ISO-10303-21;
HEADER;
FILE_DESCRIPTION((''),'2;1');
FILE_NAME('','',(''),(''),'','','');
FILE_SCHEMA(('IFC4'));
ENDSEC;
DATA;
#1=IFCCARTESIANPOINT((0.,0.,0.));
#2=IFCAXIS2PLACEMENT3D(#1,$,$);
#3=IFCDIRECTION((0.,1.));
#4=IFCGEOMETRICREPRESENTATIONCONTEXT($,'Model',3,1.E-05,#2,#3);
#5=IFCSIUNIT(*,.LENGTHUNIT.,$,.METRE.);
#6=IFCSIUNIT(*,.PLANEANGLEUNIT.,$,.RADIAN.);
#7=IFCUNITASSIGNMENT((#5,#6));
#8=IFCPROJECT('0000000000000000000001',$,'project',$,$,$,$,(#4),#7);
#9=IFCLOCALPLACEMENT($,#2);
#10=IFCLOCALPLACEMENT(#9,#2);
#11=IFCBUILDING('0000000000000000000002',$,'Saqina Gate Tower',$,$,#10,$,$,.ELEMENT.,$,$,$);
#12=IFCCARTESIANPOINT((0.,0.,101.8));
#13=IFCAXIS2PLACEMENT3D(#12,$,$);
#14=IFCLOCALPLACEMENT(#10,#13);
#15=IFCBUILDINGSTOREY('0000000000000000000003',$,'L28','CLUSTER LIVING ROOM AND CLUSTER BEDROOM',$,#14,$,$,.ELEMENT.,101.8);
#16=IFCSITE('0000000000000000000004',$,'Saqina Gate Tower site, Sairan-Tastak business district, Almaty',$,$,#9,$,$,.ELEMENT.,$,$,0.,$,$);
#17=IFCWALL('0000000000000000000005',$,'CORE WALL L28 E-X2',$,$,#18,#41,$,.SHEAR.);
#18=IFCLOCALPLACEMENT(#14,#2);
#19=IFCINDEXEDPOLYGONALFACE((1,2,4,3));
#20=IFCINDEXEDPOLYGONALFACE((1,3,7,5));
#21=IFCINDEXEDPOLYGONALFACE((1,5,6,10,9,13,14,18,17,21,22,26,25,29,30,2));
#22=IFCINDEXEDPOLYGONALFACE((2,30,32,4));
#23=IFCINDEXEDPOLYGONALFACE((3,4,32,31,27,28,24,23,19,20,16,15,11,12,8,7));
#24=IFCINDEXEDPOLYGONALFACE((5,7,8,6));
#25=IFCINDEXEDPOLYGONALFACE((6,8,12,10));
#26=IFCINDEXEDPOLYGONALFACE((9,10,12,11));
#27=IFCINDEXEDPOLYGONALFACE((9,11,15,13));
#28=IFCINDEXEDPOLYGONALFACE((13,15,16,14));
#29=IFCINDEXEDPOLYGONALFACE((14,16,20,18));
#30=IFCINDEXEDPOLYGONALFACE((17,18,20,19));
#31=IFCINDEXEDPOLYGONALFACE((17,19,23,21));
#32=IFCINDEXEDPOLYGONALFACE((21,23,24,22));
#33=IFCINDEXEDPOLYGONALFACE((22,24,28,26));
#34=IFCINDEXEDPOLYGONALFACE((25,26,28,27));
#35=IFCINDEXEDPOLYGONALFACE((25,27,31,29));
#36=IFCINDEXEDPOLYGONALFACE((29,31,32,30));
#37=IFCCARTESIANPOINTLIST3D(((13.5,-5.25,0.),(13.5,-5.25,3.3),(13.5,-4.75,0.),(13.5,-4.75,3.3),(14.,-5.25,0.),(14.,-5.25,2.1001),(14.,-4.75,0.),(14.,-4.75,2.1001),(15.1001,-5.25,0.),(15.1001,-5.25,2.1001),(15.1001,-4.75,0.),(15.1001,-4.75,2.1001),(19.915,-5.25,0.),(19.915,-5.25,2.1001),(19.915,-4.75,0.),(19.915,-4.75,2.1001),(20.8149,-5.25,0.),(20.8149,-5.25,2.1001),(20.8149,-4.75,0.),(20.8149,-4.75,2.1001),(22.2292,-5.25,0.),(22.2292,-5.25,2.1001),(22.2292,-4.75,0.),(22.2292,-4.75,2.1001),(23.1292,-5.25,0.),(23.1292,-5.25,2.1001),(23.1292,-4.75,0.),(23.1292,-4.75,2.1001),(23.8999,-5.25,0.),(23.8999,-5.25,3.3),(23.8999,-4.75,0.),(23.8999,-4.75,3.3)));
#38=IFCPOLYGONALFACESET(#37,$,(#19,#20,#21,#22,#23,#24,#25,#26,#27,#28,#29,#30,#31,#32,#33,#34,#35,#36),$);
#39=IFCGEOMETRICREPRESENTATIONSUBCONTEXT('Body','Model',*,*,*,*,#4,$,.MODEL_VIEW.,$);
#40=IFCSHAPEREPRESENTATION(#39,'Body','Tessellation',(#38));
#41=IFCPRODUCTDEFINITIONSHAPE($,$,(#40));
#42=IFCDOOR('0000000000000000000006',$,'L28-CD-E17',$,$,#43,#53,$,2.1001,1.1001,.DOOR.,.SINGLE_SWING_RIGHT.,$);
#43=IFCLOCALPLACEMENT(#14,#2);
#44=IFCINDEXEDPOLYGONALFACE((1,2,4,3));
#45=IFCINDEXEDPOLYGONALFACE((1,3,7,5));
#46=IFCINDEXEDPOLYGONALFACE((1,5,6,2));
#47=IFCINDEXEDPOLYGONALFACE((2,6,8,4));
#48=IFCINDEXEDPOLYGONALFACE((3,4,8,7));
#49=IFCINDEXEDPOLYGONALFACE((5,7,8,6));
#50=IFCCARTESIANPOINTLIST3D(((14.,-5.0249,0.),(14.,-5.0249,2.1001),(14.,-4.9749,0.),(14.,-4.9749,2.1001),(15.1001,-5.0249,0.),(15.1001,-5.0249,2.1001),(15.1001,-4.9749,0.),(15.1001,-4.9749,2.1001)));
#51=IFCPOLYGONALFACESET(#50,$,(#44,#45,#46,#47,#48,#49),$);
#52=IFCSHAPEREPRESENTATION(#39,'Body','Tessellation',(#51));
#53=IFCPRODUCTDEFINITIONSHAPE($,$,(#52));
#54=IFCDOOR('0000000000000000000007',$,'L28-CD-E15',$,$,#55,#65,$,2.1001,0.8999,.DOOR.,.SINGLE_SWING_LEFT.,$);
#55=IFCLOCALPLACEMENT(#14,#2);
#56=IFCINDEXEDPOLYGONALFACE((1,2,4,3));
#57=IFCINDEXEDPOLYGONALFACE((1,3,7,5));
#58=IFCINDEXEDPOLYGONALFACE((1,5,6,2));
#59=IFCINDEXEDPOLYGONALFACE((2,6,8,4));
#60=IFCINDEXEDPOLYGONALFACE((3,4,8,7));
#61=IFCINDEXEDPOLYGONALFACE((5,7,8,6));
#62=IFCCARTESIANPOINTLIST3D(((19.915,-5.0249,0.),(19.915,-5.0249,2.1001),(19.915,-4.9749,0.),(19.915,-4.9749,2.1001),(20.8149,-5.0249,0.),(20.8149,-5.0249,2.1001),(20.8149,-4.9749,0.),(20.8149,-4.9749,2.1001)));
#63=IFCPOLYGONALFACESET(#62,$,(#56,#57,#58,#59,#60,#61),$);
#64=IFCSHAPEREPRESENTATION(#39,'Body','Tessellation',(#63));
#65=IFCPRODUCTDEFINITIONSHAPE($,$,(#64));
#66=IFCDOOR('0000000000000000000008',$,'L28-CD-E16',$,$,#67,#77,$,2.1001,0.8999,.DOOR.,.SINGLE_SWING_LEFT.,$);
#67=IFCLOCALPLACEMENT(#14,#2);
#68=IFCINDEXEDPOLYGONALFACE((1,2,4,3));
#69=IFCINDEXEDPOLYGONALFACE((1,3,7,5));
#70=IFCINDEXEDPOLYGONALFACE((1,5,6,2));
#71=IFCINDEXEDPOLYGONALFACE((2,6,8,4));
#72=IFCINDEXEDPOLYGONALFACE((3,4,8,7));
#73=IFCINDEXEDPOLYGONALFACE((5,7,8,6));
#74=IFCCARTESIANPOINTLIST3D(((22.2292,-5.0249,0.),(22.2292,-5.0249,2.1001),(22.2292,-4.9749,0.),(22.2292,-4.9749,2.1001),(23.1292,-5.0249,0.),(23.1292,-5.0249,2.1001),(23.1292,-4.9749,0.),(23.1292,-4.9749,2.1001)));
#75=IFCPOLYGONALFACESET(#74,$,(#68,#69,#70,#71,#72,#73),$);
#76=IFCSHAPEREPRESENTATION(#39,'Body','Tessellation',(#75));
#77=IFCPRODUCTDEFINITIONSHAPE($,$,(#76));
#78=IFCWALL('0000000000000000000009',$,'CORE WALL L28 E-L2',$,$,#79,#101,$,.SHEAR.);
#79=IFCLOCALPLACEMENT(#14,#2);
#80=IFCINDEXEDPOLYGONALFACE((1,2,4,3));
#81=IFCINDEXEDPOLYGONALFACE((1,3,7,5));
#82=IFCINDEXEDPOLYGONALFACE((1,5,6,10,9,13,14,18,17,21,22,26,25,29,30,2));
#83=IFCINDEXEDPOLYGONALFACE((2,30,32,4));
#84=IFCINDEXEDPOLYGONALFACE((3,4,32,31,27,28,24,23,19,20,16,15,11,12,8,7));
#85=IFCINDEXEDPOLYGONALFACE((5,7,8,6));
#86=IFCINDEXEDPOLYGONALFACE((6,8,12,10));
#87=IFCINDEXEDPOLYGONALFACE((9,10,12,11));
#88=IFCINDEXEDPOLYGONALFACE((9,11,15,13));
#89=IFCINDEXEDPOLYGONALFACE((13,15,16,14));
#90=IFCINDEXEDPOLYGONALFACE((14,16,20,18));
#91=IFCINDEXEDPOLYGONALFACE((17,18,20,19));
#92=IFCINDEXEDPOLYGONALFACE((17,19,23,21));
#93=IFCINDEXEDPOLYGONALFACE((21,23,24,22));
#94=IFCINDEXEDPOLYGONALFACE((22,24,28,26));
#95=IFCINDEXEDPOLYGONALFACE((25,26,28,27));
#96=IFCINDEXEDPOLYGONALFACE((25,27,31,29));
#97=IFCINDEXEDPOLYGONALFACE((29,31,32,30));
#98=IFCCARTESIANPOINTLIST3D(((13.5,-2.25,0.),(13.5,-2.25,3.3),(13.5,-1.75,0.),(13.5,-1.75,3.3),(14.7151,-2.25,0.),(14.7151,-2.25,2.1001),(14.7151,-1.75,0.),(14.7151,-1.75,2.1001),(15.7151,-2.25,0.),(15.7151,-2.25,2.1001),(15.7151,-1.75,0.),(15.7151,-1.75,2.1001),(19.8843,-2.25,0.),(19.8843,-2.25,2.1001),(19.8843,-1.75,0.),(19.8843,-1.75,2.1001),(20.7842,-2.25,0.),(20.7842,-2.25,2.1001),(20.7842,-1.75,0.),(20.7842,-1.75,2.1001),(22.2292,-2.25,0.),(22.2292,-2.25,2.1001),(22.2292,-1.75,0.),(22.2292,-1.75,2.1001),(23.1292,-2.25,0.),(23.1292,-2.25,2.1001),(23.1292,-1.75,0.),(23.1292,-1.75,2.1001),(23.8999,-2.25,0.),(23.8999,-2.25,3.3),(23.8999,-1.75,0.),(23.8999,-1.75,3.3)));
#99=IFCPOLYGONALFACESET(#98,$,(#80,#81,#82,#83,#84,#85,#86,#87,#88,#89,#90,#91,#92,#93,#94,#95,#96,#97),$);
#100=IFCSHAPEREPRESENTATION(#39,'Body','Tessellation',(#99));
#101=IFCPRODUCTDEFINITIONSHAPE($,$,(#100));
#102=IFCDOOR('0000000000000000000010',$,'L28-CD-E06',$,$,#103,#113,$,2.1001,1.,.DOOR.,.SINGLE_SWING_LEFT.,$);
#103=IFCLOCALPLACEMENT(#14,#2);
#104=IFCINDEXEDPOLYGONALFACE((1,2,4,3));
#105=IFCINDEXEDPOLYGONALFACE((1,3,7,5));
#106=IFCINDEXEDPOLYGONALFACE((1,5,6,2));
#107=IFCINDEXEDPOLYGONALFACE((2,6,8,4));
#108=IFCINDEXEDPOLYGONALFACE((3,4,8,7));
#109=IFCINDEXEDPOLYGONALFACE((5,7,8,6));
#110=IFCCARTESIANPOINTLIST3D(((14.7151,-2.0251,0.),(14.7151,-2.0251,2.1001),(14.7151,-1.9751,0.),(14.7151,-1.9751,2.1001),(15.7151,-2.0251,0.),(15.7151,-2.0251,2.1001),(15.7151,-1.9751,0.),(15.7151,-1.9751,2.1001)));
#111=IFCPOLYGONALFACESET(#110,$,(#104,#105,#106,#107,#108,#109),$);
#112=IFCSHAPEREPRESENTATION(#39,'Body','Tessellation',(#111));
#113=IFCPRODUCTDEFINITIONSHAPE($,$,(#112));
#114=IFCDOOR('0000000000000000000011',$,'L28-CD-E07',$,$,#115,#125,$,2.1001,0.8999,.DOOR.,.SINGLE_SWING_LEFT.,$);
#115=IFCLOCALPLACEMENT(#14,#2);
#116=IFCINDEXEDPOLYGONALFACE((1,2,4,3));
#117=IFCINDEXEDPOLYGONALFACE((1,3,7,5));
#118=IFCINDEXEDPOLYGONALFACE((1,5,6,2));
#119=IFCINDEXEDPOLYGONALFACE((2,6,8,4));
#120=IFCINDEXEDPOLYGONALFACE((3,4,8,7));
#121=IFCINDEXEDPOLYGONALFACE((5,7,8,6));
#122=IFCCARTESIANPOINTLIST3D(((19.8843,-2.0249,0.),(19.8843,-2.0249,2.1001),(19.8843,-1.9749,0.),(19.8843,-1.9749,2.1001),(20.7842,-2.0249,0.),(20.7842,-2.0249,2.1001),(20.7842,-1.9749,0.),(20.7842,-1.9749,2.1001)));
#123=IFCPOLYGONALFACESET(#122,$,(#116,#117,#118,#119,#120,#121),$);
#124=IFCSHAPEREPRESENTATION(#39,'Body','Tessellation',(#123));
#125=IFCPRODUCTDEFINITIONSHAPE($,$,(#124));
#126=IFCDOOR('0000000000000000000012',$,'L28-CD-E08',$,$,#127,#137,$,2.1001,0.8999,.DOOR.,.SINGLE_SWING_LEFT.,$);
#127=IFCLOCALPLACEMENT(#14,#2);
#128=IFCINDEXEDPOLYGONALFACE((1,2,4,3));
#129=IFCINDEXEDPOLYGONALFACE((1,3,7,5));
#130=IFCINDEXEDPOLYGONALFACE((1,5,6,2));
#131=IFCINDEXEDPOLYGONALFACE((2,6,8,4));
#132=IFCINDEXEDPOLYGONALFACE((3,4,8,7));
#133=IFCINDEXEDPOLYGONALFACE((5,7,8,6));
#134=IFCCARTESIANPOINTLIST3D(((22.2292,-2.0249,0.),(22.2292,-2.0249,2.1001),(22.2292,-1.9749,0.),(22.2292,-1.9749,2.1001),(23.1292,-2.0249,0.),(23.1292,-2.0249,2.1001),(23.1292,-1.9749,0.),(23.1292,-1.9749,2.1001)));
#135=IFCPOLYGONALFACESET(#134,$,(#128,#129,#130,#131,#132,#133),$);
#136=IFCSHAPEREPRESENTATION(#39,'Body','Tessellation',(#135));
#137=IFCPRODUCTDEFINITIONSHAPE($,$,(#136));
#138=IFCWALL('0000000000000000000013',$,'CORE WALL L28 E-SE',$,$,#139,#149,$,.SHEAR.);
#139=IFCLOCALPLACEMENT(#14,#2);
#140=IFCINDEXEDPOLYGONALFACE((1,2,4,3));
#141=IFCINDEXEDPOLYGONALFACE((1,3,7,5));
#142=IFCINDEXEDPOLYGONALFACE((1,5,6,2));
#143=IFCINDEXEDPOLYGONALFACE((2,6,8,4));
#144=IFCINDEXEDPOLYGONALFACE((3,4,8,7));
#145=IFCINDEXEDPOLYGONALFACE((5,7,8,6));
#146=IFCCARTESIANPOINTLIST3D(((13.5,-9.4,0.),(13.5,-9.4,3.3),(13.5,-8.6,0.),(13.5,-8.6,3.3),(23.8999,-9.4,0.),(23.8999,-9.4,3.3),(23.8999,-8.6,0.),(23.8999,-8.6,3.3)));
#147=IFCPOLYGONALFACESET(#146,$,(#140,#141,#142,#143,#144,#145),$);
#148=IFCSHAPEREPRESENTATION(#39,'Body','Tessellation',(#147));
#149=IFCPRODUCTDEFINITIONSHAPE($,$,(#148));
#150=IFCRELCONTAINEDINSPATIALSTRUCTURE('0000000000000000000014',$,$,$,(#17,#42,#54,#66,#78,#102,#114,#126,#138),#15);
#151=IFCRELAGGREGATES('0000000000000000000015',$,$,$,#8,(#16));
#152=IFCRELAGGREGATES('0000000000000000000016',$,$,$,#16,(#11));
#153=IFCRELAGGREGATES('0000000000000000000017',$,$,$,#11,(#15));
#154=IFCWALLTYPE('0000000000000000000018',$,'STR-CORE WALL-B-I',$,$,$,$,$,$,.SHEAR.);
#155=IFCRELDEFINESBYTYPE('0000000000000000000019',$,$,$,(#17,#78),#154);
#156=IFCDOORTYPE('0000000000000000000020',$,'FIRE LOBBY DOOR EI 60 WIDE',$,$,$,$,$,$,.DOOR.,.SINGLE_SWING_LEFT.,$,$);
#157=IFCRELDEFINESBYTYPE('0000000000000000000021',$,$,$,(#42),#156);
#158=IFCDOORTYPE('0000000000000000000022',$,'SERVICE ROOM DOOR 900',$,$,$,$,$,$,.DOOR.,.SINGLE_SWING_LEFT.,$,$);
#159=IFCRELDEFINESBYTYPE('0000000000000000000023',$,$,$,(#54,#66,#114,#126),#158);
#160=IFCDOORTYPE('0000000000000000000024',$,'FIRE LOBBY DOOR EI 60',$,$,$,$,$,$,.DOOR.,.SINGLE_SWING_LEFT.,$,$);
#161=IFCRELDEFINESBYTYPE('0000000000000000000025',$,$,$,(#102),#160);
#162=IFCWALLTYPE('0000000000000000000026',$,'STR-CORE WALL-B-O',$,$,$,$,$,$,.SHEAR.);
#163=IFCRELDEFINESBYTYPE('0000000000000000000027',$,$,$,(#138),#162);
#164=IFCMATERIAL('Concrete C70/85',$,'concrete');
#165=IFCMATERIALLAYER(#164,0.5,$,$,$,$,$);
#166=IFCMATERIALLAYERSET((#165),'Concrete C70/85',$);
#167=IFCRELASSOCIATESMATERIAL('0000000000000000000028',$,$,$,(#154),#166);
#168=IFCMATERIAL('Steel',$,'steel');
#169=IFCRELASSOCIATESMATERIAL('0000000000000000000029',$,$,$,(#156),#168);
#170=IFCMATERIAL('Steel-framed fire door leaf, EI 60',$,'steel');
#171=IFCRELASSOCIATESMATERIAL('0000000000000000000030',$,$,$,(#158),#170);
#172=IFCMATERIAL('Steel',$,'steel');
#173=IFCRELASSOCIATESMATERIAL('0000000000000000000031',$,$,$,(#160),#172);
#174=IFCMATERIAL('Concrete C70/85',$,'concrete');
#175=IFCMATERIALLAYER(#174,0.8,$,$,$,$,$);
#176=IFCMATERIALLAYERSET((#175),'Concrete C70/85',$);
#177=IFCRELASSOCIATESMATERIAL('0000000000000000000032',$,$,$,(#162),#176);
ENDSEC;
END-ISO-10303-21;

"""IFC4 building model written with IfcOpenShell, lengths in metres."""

from ifc_helpers import new_model, si_unit, direction, frame, frame_2d, origin, place, context, subcontext, project, spatial, rectangle, extrude, material, layer, layer_set, type_object, element, fill, save


model = new_model("IFC4")

# Units and contexts
model_context = context("Model", 3, precision=1e-05, world=origin(), true_north=direction((0.0, 1.0)))
body_context = subcontext(model_context, "Body", "Model", "MODEL_VIEW")
ifc_project = project(units=[si_unit("LENGTHUNIT", "METRE"), si_unit("PLANEANGLEUNIT", "RADIAN")], contexts=[model_context])

# Site, building, storey
site_placement = place(None, origin())
site = spatial("IfcSite", under=ifc_project, at=site_placement, Name="Saqina Gate Tower site, Sairan-Tastak business district, Almaty", CompositionType="ELEMENT", RefElevation=0.0)
building_placement = place(site_placement, origin())
building = spatial("IfcBuilding", under=site, at=building_placement, Name="Saqina Gate Tower", CompositionType="ELEMENT")
storey_placement = place(building_placement, frame((0.0, 0.0, 101.8)))
storey = spatial("IfcBuildingStorey", under=building, at=storey_placement, Name="L28", Description="CLUSTER LIVING ROOM AND CLUSTER BEDROOM", CompositionType="ELEMENT", Elevation=101.8)

# Walls, openings, doors
ifc_material_1 = material(Name="Concrete C70/85", Category="concrete")
ifc_layer_1 = layer(ifc_material_1, 0.5)
ifc_layer_set_1 = layer_set([ifc_layer_1], Name="Concrete C70/85")
wall_type_1 = type_object("IfcWallType", Name="STR-CORE WALL-B-I", PredefinedType="SHEAR", material=ifc_layer_set_1)
wall_1_placement = place(storey_placement, frame((13.5, -5.0, 0.0), z_axis=(0.0, 0.0, 1.0), x_axis=(1.0, 0.0, 0.0)))
wall_1 = element("IfcWall", 1, at=wall_1_placement, inside=storey, type_object=wall_type_1, Name="CORE WALL L28 E-X2", PredefinedType="SHEAR", context=body_context, shape_type="SweptSolid", body=[
    extrude(rectangle(XDim=10.3999, YDim=0.5, at=frame_2d((5.2, 0.0))), origin(), (0.0, 0.0, 1.0), 3.3),
])
opening_1_placement = place(wall_1_placement, frame((6.415, 0.0, 0.0)))
opening_1 = element("IfcOpeningElement", 2, at=opening_1_placement, cuts=wall_1, PredefinedType="OPENING", context=body_context, shape_type="SweptSolid", body=[
    extrude(rectangle(XDim=0.8999, YDim=2.1001, at=frame_2d((0.45, 1.05))), frame((0.0, 0.262, 0.0), z_axis=(0.0, -1.0, 0.0), x_axis=(1.0, 0.0, 0.0)), (0.0, 0.0, 1.0), 0.5239),
])
opening_2_placement = place(wall_1_placement, frame((8.7292, 0.0, 0.0)))
opening_2 = element("IfcOpeningElement", 3, at=opening_2_placement, cuts=wall_1, PredefinedType="OPENING", context=body_context, shape_type="SweptSolid", body=[
    extrude(rectangle(XDim=0.8999, YDim=2.1001, at=frame_2d((0.45, 1.05))), frame((0.0, 0.262, 0.0), z_axis=(0.0, -1.0, 0.0), x_axis=(1.0, 0.0, 0.0)), (0.0, 0.0, 1.0), 0.5239),
])
opening_3_placement = place(wall_1_placement, frame((0.5, 0.0, 0.0)))
opening_3 = element("IfcOpeningElement", 4, at=opening_3_placement, cuts=wall_1, PredefinedType="OPENING", context=body_context, shape_type="SweptSolid", body=[
    extrude(rectangle(XDim=1.1001, YDim=2.1001, at=frame_2d((0.55, 1.05))), frame((0.0, 0.262, 0.0), z_axis=(0.0, -1.0, 0.0), x_axis=(1.0, 0.0, 0.0)), (0.0, 0.0, 1.0), 0.5239),
])
ifc_material_2 = material(Name="Steel", Category="steel")
door_type_1 = type_object("IfcDoorType", Name="FIRE LOBBY DOOR EI 60 WIDE", OperationType="SINGLE_SWING_LEFT", PredefinedType="DOOR", material=ifc_material_2)
door_1_placement = place(opening_3_placement, frame((1.1001, 0.0, 0.0), z_axis=(0.0, 0.0, 1.0), x_axis=(-1.0, 0.0, 0.0)))
door_1 = element("IfcDoor", 5, at=door_1_placement, inside=storey, type_object=door_type_1, Name="L28-CD-E17", OperationType="SINGLE_SWING_RIGHT", OverallHeight=2.1001, OverallWidth=1.1001, PredefinedType="DOOR", context=body_context, shape_type="SweptSolid", body=[
    extrude(rectangle(XDim=1.1001, YDim=2.1001, at=frame_2d((0.55, 1.05))), frame((0.0, 0.0249, 0.0), z_axis=(0.0, -1.0, 0.0), x_axis=(1.0, 0.0, 0.0)), (0.0, 0.0, 1.0), 0.05),
])
fill(opening_3, door_1)
ifc_material_3 = material(Name="Steel-framed fire door leaf, EI 60", Category="steel")
door_type_2 = type_object("IfcDoorType", Name="SERVICE ROOM DOOR 900", OperationType="SINGLE_SWING_LEFT", PredefinedType="DOOR", material=ifc_material_3)
door_2_placement = place(opening_1_placement, frame((0.8999, 0.0, 0.0), z_axis=(0.0, 0.0, 1.0), x_axis=(-1.0, 0.0, 0.0)))
door_2 = element("IfcDoor", 6, at=door_2_placement, inside=storey, type_object=door_type_2, Name="L28-CD-E15", OperationType="SINGLE_SWING_LEFT", OverallHeight=2.1001, OverallWidth=0.8999, PredefinedType="DOOR", context=body_context, shape_type="SweptSolid", body=[
    extrude(rectangle(XDim=0.8999, YDim=2.1001, at=frame_2d((0.45, 1.05))), frame((0.0, 0.0249, 0.0), z_axis=(0.0, -1.0, 0.0), x_axis=(1.0, 0.0, 0.0)), (0.0, 0.0, 1.0), 0.05),
])
fill(opening_1, door_2)
door_3_placement = place(opening_2_placement, frame((0.8999, 0.0, 0.0), z_axis=(0.0, 0.0, 1.0), x_axis=(-1.0, 0.0, 0.0)))
door_3 = element("IfcDoor", 7, at=door_3_placement, inside=storey, type_object=door_type_2, Name="L28-CD-E16", OperationType="SINGLE_SWING_LEFT", OverallHeight=2.1001, OverallWidth=0.8999, PredefinedType="DOOR", context=body_context, shape_type="SweptSolid", body=[
    extrude(rectangle(XDim=0.8999, YDim=2.1001, at=frame_2d((0.45, 1.05))), frame((0.0, 0.0249, 0.0), z_axis=(0.0, -1.0, 0.0), x_axis=(1.0, 0.0, 0.0)), (0.0, 0.0, 1.0), 0.05),
])
fill(opening_2, door_3)
wall_2_placement = place(storey_placement, frame((13.5, -2.0, 0.0), z_axis=(0.0, 0.0, 1.0), x_axis=(1.0, 0.0, 0.0)))
wall_2 = element("IfcWall", 8, at=wall_2_placement, inside=storey, type_object=wall_type_1, Name="CORE WALL L28 E-L2", PredefinedType="SHEAR", context=body_context, shape_type="SweptSolid", body=[
    extrude(rectangle(XDim=10.3999, YDim=0.5, at=frame_2d((5.2, 0.0))), origin(), (0.0, 0.0, 1.0), 3.3),
])
opening_4_placement = place(wall_2_placement, frame((1.2151, 0.0, 0.0)))
opening_4 = element("IfcOpeningElement", 9, at=opening_4_placement, cuts=wall_2, PredefinedType="OPENING", context=body_context, shape_type="SweptSolid", body=[
    extrude(rectangle(XDim=1.0, YDim=2.1001, at=frame_2d((0.5, 1.05))), frame((0.0, 0.262, 0.0), z_axis=(0.0, -1.0, 0.0), x_axis=(1.0, 0.0, 0.0)), (0.0, 0.0, 1.0), 0.5239),
])
opening_5_placement = place(wall_2_placement, frame((6.3843, 0.0, 0.0)))
opening_5 = element("IfcOpeningElement", 10, at=opening_5_placement, cuts=wall_2, PredefinedType="OPENING", context=body_context, shape_type="SweptSolid", body=[
    extrude(rectangle(XDim=0.8999, YDim=2.1001, at=frame_2d((0.45, 1.05))), frame((0.0, 0.262, 0.0), z_axis=(0.0, -1.0, 0.0), x_axis=(1.0, 0.0, 0.0)), (0.0, 0.0, 1.0), 0.5239),
])
opening_6_placement = place(wall_2_placement, frame((8.7292, 0.0, 0.0)))
opening_6 = element("IfcOpeningElement", 11, at=opening_6_placement, cuts=wall_2, PredefinedType="OPENING", context=body_context, shape_type="SweptSolid", body=[
    extrude(rectangle(XDim=0.8999, YDim=2.1001, at=frame_2d((0.45, 1.05))), frame((0.0, 0.262, 0.0), z_axis=(0.0, -1.0, 0.0), x_axis=(1.0, 0.0, 0.0)), (0.0, 0.0, 1.0), 0.5239),
])
ifc_material_4 = material(Name="Steel", Category="steel")
door_type_3 = type_object("IfcDoorType", Name="FIRE LOBBY DOOR EI 60", OperationType="SINGLE_SWING_LEFT", PredefinedType="DOOR", material=ifc_material_4)
door_4_placement = place(opening_4_placement, origin())
door_4 = element("IfcDoor", 12, at=door_4_placement, inside=storey, type_object=door_type_3, Name="L28-CD-E06", OperationType="SINGLE_SWING_LEFT", OverallHeight=2.1001, OverallWidth=1.0, PredefinedType="DOOR", context=body_context, shape_type="SweptSolid", body=[
    extrude(rectangle(XDim=1.0, YDim=2.1001, at=frame_2d((0.5, 1.05))), frame((0.0, 0.0249, 0.0), z_axis=(0.0, -1.0, 0.0), x_axis=(1.0, 0.0, 0.0)), (0.0, 0.0, 1.0), 0.05),
])
fill(opening_4, door_4)
door_5_placement = place(opening_5_placement, frame((0.8999, 0.0, 0.0), z_axis=(0.0, 0.0, 1.0), x_axis=(-1.0, 0.0, 0.0)))
door_5 = element("IfcDoor", 13, at=door_5_placement, inside=storey, type_object=door_type_2, Name="L28-CD-E07", OperationType="SINGLE_SWING_LEFT", OverallHeight=2.1001, OverallWidth=0.8999, PredefinedType="DOOR", context=body_context, shape_type="SweptSolid", body=[
    extrude(rectangle(XDim=0.8999, YDim=2.1001, at=frame_2d((0.45, 1.05))), frame((0.0, 0.0249, 0.0), z_axis=(0.0, -1.0, 0.0), x_axis=(1.0, 0.0, 0.0)), (0.0, 0.0, 1.0), 0.05),
])
fill(opening_5, door_5)
door_6_placement = place(opening_6_placement, frame((0.8999, 0.0, 0.0), z_axis=(0.0, 0.0, 1.0), x_axis=(-1.0, 0.0, 0.0)))
door_6 = element("IfcDoor", 14, at=door_6_placement, inside=storey, type_object=door_type_2, Name="L28-CD-E08", OperationType="SINGLE_SWING_LEFT", OverallHeight=2.1001, OverallWidth=0.8999, PredefinedType="DOOR", context=body_context, shape_type="SweptSolid", body=[
    extrude(rectangle(XDim=0.8999, YDim=2.1001, at=frame_2d((0.45, 1.05))), frame((0.0, 0.0249, 0.0), z_axis=(0.0, -1.0, 0.0), x_axis=(1.0, 0.0, 0.0)), (0.0, 0.0, 1.0), 0.05),
])
fill(opening_6, door_6)
ifc_material_5 = material(Name="Concrete C70/85", Category="concrete")
ifc_layer_2 = layer(ifc_material_5, 0.8)
ifc_layer_set_2 = layer_set([ifc_layer_2], Name="Concrete C70/85")
wall_type_2 = type_object("IfcWallType", Name="STR-CORE WALL-B-O", PredefinedType="SHEAR", material=ifc_layer_set_2)

# Wall
wall_3_placement = place(storey_placement, frame((13.5, -9.0, 0.0), z_axis=(0.0, 0.0, 1.0), x_axis=(1.0, 0.0, 0.0)))
element("IfcWall", 15, at=wall_3_placement, inside=storey, type_object=wall_type_2, Name="CORE WALL L28 E-SE", PredefinedType="SHEAR", context=body_context, shape_type="SweptSolid", body=[
    extrude(rectangle(XDim=10.3999, YDim=0.8, at=frame_2d((5.2, 0.0))), origin(), (0.0, 0.0, 1.0), 3.3),
])

save(model, "model.ifc")
